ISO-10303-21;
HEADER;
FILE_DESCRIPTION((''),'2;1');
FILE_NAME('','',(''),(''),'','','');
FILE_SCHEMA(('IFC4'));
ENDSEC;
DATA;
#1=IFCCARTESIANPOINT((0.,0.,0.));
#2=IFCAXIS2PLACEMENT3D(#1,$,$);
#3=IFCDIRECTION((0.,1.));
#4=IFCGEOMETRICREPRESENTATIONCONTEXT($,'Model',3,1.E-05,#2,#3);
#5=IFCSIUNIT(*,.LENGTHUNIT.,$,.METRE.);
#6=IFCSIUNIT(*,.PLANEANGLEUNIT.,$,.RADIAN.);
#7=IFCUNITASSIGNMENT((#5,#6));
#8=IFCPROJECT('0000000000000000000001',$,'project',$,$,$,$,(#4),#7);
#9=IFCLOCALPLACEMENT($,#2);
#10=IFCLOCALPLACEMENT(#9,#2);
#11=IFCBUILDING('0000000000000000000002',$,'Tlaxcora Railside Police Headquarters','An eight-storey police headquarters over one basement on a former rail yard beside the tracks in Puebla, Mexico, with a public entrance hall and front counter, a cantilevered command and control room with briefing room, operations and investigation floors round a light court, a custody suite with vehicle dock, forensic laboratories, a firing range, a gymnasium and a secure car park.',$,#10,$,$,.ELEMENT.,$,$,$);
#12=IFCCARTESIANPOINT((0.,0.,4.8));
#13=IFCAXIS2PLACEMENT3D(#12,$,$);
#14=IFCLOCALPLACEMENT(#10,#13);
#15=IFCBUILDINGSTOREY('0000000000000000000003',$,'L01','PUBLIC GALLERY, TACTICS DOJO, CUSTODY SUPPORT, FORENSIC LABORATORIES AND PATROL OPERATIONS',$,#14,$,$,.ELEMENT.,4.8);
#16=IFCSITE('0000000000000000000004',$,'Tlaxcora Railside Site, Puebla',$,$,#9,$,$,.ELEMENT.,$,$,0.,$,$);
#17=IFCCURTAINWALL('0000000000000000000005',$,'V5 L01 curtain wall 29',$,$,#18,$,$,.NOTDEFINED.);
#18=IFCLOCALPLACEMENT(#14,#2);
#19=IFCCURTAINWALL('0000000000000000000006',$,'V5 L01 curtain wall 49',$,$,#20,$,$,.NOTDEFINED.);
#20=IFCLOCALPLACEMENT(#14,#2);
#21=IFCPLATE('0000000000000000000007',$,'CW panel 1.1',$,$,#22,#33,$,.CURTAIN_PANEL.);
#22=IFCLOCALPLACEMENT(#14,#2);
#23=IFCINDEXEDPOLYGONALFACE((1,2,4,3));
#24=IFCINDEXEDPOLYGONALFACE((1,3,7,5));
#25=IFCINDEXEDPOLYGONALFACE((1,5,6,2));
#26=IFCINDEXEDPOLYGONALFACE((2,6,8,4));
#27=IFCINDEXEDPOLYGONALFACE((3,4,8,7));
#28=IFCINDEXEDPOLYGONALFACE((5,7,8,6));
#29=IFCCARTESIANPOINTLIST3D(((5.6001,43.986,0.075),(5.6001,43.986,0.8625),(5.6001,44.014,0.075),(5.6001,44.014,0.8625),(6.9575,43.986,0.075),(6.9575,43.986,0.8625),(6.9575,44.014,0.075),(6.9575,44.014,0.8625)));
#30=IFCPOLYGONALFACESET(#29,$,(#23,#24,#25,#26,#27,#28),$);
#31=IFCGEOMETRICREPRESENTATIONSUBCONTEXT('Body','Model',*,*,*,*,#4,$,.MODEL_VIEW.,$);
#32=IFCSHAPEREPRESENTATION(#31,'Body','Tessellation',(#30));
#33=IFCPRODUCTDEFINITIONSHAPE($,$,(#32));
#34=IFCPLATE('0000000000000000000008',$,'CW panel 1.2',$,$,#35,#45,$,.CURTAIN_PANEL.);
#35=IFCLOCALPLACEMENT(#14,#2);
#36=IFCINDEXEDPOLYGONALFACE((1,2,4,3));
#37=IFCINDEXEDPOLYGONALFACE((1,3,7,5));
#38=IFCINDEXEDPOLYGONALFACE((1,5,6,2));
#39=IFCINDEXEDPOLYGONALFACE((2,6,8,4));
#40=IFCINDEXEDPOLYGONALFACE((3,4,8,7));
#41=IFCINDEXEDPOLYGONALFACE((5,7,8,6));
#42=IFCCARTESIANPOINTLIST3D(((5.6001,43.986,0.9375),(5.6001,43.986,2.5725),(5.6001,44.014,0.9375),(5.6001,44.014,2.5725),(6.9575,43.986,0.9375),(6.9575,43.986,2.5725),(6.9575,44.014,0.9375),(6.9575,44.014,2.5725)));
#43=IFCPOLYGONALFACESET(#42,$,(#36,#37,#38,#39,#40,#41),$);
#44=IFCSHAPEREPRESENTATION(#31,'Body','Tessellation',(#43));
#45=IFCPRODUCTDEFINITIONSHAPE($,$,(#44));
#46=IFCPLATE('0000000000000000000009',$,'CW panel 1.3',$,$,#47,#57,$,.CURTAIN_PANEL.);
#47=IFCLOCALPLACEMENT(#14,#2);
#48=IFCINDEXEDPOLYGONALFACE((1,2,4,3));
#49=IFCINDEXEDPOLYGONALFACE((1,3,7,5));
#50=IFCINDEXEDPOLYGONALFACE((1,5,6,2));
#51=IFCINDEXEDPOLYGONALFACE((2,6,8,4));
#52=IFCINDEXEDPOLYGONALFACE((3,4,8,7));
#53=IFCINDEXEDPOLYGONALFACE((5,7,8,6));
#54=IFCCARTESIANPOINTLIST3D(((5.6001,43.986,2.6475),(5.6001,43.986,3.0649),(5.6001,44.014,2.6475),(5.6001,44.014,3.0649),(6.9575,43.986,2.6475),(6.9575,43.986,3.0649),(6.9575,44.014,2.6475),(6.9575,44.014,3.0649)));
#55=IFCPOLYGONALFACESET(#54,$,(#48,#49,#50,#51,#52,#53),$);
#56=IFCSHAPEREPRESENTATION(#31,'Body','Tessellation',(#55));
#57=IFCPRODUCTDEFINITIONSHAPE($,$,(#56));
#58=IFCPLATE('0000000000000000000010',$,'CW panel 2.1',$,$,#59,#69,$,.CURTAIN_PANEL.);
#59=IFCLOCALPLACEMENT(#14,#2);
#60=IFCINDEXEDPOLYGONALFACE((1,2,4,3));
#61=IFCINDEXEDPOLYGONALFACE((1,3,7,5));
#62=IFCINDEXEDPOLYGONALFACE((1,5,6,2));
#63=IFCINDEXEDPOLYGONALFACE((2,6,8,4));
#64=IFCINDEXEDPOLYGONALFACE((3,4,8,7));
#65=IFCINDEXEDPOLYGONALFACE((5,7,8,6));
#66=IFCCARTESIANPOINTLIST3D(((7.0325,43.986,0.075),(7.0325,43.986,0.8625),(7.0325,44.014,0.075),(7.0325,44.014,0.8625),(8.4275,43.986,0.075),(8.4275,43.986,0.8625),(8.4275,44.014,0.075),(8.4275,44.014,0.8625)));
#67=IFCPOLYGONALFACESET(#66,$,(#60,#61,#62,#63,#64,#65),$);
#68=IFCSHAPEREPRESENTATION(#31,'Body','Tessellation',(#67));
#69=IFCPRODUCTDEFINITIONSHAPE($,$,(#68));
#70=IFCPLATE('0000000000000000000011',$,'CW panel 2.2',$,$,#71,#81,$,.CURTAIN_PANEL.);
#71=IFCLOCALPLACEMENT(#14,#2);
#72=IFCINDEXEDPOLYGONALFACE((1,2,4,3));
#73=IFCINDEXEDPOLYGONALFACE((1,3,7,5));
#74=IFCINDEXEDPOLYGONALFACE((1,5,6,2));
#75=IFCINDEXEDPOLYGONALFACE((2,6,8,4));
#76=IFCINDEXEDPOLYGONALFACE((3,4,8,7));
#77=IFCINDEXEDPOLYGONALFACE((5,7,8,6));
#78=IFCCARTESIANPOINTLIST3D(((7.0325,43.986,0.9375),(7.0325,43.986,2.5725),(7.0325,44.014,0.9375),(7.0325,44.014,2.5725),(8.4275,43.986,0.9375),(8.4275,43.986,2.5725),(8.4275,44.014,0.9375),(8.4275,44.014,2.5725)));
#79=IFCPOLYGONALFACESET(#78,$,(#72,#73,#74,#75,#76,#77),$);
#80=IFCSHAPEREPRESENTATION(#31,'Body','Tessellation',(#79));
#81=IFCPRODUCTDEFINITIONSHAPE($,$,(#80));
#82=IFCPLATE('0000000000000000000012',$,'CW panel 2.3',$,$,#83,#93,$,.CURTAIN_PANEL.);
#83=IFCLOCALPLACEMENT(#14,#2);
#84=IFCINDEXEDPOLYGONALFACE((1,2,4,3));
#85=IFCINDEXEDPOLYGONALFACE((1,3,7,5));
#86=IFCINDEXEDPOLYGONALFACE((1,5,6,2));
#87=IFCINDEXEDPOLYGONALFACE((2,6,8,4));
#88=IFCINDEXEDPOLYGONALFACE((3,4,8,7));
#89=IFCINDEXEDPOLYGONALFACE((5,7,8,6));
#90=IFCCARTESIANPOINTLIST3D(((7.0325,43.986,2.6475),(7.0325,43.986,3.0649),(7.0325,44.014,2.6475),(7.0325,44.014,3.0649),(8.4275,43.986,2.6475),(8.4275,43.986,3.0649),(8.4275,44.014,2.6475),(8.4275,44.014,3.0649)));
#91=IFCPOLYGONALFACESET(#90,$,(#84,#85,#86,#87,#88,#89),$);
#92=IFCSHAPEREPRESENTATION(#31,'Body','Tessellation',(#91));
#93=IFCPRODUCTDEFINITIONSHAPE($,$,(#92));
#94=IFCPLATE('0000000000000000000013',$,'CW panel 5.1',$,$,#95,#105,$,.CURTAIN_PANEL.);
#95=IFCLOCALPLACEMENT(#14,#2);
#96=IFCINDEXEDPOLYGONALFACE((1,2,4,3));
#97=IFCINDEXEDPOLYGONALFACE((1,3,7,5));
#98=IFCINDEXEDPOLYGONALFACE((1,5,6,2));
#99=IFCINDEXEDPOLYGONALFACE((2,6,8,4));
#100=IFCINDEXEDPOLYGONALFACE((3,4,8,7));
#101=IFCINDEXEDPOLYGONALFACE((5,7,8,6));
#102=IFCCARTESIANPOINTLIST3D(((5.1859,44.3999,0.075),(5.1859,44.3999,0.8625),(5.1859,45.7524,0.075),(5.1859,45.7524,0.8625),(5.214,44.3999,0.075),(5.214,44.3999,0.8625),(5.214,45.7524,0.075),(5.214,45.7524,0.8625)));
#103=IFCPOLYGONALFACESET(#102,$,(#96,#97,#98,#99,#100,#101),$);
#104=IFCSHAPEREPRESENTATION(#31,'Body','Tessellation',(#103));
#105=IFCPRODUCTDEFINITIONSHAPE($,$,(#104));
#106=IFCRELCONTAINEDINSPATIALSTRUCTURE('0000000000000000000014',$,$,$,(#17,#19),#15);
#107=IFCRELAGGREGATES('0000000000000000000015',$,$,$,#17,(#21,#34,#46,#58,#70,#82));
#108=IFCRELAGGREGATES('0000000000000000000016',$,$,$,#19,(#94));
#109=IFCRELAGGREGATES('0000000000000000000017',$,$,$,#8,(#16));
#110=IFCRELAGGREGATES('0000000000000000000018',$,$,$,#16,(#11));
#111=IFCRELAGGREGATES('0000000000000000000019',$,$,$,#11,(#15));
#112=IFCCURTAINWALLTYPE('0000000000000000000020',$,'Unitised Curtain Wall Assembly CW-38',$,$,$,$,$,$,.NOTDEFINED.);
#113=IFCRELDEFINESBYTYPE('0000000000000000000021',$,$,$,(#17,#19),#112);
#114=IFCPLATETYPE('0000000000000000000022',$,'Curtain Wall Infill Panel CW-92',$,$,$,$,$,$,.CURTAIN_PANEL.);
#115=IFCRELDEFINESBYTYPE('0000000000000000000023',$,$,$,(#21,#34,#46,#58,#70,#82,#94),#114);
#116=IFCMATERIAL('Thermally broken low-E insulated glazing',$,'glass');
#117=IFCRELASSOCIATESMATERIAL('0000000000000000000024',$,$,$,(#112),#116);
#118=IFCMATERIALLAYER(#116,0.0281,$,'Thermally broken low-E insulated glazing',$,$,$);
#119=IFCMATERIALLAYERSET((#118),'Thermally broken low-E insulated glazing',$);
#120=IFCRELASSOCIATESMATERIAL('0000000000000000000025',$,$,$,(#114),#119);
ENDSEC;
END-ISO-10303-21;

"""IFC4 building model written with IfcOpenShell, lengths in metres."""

from ifc_helpers import new_model, si_unit, direction, frame, origin, origin_2d, place, context, subcontext, project, spatial, rectangle, extrude, material, layer, layer_set, type_object, element, aggregate, save


model = new_model("IFC4")

# Units and contexts
model_context = context("Model", 3, precision=1e-05, world=origin(), true_north=direction((0.0, 1.0)))
body_context = subcontext(model_context, "Body", "Model", "MODEL_VIEW")
ifc_project = project(units=[si_unit("LENGTHUNIT", "METRE"), si_unit("PLANEANGLEUNIT", "RADIAN")], contexts=[model_context])

# Site, building, storey
site_placement = place(None, origin())
site = spatial("IfcSite", under=ifc_project, at=site_placement, Name="Tlaxcora Railside Site, Puebla", CompositionType="ELEMENT", RefElevation=0.0)
building_placement = place(site_placement, origin())
building = spatial("IfcBuilding", under=site, at=building_placement, Name="Tlaxcora Railside Police Headquarters", Description="An eight-storey police headquarters over one basement on a former rail yard beside the tracks in Puebla, Mexico, with a public entrance hall and front counter, a cantilevered command and control room with briefing room, operations and investigation floors round a light court, a custody suite with vehicle dock, forensic laboratories, a firing range, a gymnasium and a secure car park.", CompositionType="ELEMENT")
storey_placement = place(building_placement, frame((0.0, 0.0, 4.8)))
storey = spatial("IfcBuildingStorey", under=building, at=storey_placement, Name="L01", Description="PUBLIC GALLERY, TACTICS DOJO, CUSTODY SUPPORT, FORENSIC LABORATORIES AND PATROL OPERATIONS", CompositionType="ELEMENT", Elevation=4.8)

# Curtain wall
ifc_material_1 = material(Name="Thermally broken low-E insulated glazing", Category="glass")
curtain_wall_type = type_object("IfcCurtainWallType", Name="Unitised Curtain Wall Assembly CW-38", PredefinedType="NOTDEFINED", material=ifc_material_1)
curtain_wall_1_placement = place(storey_placement, origin())
curtain_wall_1 = element("IfcCurtainWall", 1, at=curtain_wall_1_placement, inside=storey, type_object=curtain_wall_type, Name="V5 L01 curtain wall 29", PredefinedType="NOTDEFINED")

# Curtain wall
curtain_wall_2_placement = place(storey_placement, origin())
curtain_wall_2 = element("IfcCurtainWall", 2, at=curtain_wall_2_placement, inside=storey, type_object=curtain_wall_type, Name="V5 L01 curtain wall 49", PredefinedType="NOTDEFINED")

# Plates
ifc_layer = layer(ifc_material_1, 0.0281, Name="Thermally broken low-E insulated glazing")
ifc_layer_set = layer_set([ifc_layer], Name="Thermally broken low-E insulated glazing")
plate_type = type_object("IfcPlateType", Name="Curtain Wall Infill Panel CW-92", PredefinedType="CURTAIN_PANEL", material=ifc_layer_set)
plate_1_placement = place(storey_placement, frame((6.2788, 44.0, 0.075), z_axis=(0.0, 0.0, 1.0), x_axis=(1.0, 0.0, 0.0)))
plate_1 = element("IfcPlate", 3, at=plate_1_placement, type_object=plate_type, Name="CW panel 1.1", PredefinedType="CURTAIN_PANEL", context=body_context, shape_type="SweptSolid", body=[
    extrude(rectangle(XDim=1.3574, YDim=0.0281, at=origin_2d()), origin(), (0.0, 0.0, 1.0), 0.7876),
])
plate_2_placement = place(storey_placement, frame((6.2788, 44.0, 0.9375), z_axis=(0.0, 0.0, 1.0), x_axis=(1.0, 0.0, 0.0)))
plate_2 = element("IfcPlate", 4, at=plate_2_placement, type_object=plate_type, Name="CW panel 1.2", PredefinedType="CURTAIN_PANEL", context=body_context, shape_type="SweptSolid", body=[
    extrude(rectangle(XDim=1.3574, YDim=0.0281, at=origin_2d()), origin(), (0.0, 0.0, 1.0), 1.635),
])
plate_3_placement = place(storey_placement, frame((6.2788, 44.0, 2.6475), z_axis=(0.0, 0.0, 1.0), x_axis=(1.0, 0.0, 0.0)))
plate_3 = element("IfcPlate", 5, at=plate_3_placement, type_object=plate_type, Name="CW panel 1.3", PredefinedType="CURTAIN_PANEL", context=body_context, shape_type="SweptSolid", body=[
    extrude(rectangle(XDim=1.3574, YDim=0.0281, at=origin_2d()), origin(), (0.0, 0.0, 1.0), 0.4175),
])
plate_4_placement = place(storey_placement, frame((7.73, 44.0, 0.075), z_axis=(0.0, 0.0, 1.0), x_axis=(1.0, 0.0, 0.0)))
plate_4 = element("IfcPlate", 6, at=plate_4_placement, type_object=plate_type, Name="CW panel 2.1", PredefinedType="CURTAIN_PANEL", context=body_context, shape_type="SweptSolid", body=[
    extrude(rectangle(XDim=1.395, YDim=0.0281, at=origin_2d()), origin(), (0.0, 0.0, 1.0), 0.7876),
])
plate_5_placement = place(storey_placement, frame((7.73, 44.0, 0.9375), z_axis=(0.0, 0.0, 1.0), x_axis=(1.0, 0.0, 0.0)))
plate_5 = element("IfcPlate", 7, at=plate_5_placement, type_object=plate_type, Name="CW panel 2.2", PredefinedType="CURTAIN_PANEL", context=body_context, shape_type="SweptSolid", body=[
    extrude(rectangle(XDim=1.395, YDim=0.0281, at=origin_2d()), origin(), (0.0, 0.0, 1.0), 1.635),
])
plate_6_placement = place(storey_placement, frame((7.73, 44.0, 2.6475), z_axis=(0.0, 0.0, 1.0), x_axis=(1.0, 0.0, 0.0)))
plate_6 = element("IfcPlate", 8, at=plate_6_placement, type_object=plate_type, Name="CW panel 2.3", PredefinedType="CURTAIN_PANEL", context=body_context, shape_type="SweptSolid", body=[
    extrude(rectangle(XDim=1.395, YDim=0.0281, at=origin_2d()), origin(), (0.0, 0.0, 1.0), 0.4175),
])
aggregate(curtain_wall_1, [plate_1, plate_2, plate_3, plate_4, plate_5, plate_6])
plate_7_placement = place(storey_placement, frame((5.2, 45.0762, 0.075), z_axis=(0.0, 0.0, 1.0), x_axis=(0.0, -1.0, 0.0)))
plate_7 = element("IfcPlate", 9, at=plate_7_placement, type_object=plate_type, Name="CW panel 5.1", PredefinedType="CURTAIN_PANEL", context=body_context, shape_type="SweptSolid", body=[
    extrude(rectangle(XDim=1.3525, YDim=0.0281, at=origin_2d()), origin(), (0.0, 0.0, 1.0), 0.7876),
])
aggregate(curtain_wall_2, [plate_7])

save(model, "model.ifc")
